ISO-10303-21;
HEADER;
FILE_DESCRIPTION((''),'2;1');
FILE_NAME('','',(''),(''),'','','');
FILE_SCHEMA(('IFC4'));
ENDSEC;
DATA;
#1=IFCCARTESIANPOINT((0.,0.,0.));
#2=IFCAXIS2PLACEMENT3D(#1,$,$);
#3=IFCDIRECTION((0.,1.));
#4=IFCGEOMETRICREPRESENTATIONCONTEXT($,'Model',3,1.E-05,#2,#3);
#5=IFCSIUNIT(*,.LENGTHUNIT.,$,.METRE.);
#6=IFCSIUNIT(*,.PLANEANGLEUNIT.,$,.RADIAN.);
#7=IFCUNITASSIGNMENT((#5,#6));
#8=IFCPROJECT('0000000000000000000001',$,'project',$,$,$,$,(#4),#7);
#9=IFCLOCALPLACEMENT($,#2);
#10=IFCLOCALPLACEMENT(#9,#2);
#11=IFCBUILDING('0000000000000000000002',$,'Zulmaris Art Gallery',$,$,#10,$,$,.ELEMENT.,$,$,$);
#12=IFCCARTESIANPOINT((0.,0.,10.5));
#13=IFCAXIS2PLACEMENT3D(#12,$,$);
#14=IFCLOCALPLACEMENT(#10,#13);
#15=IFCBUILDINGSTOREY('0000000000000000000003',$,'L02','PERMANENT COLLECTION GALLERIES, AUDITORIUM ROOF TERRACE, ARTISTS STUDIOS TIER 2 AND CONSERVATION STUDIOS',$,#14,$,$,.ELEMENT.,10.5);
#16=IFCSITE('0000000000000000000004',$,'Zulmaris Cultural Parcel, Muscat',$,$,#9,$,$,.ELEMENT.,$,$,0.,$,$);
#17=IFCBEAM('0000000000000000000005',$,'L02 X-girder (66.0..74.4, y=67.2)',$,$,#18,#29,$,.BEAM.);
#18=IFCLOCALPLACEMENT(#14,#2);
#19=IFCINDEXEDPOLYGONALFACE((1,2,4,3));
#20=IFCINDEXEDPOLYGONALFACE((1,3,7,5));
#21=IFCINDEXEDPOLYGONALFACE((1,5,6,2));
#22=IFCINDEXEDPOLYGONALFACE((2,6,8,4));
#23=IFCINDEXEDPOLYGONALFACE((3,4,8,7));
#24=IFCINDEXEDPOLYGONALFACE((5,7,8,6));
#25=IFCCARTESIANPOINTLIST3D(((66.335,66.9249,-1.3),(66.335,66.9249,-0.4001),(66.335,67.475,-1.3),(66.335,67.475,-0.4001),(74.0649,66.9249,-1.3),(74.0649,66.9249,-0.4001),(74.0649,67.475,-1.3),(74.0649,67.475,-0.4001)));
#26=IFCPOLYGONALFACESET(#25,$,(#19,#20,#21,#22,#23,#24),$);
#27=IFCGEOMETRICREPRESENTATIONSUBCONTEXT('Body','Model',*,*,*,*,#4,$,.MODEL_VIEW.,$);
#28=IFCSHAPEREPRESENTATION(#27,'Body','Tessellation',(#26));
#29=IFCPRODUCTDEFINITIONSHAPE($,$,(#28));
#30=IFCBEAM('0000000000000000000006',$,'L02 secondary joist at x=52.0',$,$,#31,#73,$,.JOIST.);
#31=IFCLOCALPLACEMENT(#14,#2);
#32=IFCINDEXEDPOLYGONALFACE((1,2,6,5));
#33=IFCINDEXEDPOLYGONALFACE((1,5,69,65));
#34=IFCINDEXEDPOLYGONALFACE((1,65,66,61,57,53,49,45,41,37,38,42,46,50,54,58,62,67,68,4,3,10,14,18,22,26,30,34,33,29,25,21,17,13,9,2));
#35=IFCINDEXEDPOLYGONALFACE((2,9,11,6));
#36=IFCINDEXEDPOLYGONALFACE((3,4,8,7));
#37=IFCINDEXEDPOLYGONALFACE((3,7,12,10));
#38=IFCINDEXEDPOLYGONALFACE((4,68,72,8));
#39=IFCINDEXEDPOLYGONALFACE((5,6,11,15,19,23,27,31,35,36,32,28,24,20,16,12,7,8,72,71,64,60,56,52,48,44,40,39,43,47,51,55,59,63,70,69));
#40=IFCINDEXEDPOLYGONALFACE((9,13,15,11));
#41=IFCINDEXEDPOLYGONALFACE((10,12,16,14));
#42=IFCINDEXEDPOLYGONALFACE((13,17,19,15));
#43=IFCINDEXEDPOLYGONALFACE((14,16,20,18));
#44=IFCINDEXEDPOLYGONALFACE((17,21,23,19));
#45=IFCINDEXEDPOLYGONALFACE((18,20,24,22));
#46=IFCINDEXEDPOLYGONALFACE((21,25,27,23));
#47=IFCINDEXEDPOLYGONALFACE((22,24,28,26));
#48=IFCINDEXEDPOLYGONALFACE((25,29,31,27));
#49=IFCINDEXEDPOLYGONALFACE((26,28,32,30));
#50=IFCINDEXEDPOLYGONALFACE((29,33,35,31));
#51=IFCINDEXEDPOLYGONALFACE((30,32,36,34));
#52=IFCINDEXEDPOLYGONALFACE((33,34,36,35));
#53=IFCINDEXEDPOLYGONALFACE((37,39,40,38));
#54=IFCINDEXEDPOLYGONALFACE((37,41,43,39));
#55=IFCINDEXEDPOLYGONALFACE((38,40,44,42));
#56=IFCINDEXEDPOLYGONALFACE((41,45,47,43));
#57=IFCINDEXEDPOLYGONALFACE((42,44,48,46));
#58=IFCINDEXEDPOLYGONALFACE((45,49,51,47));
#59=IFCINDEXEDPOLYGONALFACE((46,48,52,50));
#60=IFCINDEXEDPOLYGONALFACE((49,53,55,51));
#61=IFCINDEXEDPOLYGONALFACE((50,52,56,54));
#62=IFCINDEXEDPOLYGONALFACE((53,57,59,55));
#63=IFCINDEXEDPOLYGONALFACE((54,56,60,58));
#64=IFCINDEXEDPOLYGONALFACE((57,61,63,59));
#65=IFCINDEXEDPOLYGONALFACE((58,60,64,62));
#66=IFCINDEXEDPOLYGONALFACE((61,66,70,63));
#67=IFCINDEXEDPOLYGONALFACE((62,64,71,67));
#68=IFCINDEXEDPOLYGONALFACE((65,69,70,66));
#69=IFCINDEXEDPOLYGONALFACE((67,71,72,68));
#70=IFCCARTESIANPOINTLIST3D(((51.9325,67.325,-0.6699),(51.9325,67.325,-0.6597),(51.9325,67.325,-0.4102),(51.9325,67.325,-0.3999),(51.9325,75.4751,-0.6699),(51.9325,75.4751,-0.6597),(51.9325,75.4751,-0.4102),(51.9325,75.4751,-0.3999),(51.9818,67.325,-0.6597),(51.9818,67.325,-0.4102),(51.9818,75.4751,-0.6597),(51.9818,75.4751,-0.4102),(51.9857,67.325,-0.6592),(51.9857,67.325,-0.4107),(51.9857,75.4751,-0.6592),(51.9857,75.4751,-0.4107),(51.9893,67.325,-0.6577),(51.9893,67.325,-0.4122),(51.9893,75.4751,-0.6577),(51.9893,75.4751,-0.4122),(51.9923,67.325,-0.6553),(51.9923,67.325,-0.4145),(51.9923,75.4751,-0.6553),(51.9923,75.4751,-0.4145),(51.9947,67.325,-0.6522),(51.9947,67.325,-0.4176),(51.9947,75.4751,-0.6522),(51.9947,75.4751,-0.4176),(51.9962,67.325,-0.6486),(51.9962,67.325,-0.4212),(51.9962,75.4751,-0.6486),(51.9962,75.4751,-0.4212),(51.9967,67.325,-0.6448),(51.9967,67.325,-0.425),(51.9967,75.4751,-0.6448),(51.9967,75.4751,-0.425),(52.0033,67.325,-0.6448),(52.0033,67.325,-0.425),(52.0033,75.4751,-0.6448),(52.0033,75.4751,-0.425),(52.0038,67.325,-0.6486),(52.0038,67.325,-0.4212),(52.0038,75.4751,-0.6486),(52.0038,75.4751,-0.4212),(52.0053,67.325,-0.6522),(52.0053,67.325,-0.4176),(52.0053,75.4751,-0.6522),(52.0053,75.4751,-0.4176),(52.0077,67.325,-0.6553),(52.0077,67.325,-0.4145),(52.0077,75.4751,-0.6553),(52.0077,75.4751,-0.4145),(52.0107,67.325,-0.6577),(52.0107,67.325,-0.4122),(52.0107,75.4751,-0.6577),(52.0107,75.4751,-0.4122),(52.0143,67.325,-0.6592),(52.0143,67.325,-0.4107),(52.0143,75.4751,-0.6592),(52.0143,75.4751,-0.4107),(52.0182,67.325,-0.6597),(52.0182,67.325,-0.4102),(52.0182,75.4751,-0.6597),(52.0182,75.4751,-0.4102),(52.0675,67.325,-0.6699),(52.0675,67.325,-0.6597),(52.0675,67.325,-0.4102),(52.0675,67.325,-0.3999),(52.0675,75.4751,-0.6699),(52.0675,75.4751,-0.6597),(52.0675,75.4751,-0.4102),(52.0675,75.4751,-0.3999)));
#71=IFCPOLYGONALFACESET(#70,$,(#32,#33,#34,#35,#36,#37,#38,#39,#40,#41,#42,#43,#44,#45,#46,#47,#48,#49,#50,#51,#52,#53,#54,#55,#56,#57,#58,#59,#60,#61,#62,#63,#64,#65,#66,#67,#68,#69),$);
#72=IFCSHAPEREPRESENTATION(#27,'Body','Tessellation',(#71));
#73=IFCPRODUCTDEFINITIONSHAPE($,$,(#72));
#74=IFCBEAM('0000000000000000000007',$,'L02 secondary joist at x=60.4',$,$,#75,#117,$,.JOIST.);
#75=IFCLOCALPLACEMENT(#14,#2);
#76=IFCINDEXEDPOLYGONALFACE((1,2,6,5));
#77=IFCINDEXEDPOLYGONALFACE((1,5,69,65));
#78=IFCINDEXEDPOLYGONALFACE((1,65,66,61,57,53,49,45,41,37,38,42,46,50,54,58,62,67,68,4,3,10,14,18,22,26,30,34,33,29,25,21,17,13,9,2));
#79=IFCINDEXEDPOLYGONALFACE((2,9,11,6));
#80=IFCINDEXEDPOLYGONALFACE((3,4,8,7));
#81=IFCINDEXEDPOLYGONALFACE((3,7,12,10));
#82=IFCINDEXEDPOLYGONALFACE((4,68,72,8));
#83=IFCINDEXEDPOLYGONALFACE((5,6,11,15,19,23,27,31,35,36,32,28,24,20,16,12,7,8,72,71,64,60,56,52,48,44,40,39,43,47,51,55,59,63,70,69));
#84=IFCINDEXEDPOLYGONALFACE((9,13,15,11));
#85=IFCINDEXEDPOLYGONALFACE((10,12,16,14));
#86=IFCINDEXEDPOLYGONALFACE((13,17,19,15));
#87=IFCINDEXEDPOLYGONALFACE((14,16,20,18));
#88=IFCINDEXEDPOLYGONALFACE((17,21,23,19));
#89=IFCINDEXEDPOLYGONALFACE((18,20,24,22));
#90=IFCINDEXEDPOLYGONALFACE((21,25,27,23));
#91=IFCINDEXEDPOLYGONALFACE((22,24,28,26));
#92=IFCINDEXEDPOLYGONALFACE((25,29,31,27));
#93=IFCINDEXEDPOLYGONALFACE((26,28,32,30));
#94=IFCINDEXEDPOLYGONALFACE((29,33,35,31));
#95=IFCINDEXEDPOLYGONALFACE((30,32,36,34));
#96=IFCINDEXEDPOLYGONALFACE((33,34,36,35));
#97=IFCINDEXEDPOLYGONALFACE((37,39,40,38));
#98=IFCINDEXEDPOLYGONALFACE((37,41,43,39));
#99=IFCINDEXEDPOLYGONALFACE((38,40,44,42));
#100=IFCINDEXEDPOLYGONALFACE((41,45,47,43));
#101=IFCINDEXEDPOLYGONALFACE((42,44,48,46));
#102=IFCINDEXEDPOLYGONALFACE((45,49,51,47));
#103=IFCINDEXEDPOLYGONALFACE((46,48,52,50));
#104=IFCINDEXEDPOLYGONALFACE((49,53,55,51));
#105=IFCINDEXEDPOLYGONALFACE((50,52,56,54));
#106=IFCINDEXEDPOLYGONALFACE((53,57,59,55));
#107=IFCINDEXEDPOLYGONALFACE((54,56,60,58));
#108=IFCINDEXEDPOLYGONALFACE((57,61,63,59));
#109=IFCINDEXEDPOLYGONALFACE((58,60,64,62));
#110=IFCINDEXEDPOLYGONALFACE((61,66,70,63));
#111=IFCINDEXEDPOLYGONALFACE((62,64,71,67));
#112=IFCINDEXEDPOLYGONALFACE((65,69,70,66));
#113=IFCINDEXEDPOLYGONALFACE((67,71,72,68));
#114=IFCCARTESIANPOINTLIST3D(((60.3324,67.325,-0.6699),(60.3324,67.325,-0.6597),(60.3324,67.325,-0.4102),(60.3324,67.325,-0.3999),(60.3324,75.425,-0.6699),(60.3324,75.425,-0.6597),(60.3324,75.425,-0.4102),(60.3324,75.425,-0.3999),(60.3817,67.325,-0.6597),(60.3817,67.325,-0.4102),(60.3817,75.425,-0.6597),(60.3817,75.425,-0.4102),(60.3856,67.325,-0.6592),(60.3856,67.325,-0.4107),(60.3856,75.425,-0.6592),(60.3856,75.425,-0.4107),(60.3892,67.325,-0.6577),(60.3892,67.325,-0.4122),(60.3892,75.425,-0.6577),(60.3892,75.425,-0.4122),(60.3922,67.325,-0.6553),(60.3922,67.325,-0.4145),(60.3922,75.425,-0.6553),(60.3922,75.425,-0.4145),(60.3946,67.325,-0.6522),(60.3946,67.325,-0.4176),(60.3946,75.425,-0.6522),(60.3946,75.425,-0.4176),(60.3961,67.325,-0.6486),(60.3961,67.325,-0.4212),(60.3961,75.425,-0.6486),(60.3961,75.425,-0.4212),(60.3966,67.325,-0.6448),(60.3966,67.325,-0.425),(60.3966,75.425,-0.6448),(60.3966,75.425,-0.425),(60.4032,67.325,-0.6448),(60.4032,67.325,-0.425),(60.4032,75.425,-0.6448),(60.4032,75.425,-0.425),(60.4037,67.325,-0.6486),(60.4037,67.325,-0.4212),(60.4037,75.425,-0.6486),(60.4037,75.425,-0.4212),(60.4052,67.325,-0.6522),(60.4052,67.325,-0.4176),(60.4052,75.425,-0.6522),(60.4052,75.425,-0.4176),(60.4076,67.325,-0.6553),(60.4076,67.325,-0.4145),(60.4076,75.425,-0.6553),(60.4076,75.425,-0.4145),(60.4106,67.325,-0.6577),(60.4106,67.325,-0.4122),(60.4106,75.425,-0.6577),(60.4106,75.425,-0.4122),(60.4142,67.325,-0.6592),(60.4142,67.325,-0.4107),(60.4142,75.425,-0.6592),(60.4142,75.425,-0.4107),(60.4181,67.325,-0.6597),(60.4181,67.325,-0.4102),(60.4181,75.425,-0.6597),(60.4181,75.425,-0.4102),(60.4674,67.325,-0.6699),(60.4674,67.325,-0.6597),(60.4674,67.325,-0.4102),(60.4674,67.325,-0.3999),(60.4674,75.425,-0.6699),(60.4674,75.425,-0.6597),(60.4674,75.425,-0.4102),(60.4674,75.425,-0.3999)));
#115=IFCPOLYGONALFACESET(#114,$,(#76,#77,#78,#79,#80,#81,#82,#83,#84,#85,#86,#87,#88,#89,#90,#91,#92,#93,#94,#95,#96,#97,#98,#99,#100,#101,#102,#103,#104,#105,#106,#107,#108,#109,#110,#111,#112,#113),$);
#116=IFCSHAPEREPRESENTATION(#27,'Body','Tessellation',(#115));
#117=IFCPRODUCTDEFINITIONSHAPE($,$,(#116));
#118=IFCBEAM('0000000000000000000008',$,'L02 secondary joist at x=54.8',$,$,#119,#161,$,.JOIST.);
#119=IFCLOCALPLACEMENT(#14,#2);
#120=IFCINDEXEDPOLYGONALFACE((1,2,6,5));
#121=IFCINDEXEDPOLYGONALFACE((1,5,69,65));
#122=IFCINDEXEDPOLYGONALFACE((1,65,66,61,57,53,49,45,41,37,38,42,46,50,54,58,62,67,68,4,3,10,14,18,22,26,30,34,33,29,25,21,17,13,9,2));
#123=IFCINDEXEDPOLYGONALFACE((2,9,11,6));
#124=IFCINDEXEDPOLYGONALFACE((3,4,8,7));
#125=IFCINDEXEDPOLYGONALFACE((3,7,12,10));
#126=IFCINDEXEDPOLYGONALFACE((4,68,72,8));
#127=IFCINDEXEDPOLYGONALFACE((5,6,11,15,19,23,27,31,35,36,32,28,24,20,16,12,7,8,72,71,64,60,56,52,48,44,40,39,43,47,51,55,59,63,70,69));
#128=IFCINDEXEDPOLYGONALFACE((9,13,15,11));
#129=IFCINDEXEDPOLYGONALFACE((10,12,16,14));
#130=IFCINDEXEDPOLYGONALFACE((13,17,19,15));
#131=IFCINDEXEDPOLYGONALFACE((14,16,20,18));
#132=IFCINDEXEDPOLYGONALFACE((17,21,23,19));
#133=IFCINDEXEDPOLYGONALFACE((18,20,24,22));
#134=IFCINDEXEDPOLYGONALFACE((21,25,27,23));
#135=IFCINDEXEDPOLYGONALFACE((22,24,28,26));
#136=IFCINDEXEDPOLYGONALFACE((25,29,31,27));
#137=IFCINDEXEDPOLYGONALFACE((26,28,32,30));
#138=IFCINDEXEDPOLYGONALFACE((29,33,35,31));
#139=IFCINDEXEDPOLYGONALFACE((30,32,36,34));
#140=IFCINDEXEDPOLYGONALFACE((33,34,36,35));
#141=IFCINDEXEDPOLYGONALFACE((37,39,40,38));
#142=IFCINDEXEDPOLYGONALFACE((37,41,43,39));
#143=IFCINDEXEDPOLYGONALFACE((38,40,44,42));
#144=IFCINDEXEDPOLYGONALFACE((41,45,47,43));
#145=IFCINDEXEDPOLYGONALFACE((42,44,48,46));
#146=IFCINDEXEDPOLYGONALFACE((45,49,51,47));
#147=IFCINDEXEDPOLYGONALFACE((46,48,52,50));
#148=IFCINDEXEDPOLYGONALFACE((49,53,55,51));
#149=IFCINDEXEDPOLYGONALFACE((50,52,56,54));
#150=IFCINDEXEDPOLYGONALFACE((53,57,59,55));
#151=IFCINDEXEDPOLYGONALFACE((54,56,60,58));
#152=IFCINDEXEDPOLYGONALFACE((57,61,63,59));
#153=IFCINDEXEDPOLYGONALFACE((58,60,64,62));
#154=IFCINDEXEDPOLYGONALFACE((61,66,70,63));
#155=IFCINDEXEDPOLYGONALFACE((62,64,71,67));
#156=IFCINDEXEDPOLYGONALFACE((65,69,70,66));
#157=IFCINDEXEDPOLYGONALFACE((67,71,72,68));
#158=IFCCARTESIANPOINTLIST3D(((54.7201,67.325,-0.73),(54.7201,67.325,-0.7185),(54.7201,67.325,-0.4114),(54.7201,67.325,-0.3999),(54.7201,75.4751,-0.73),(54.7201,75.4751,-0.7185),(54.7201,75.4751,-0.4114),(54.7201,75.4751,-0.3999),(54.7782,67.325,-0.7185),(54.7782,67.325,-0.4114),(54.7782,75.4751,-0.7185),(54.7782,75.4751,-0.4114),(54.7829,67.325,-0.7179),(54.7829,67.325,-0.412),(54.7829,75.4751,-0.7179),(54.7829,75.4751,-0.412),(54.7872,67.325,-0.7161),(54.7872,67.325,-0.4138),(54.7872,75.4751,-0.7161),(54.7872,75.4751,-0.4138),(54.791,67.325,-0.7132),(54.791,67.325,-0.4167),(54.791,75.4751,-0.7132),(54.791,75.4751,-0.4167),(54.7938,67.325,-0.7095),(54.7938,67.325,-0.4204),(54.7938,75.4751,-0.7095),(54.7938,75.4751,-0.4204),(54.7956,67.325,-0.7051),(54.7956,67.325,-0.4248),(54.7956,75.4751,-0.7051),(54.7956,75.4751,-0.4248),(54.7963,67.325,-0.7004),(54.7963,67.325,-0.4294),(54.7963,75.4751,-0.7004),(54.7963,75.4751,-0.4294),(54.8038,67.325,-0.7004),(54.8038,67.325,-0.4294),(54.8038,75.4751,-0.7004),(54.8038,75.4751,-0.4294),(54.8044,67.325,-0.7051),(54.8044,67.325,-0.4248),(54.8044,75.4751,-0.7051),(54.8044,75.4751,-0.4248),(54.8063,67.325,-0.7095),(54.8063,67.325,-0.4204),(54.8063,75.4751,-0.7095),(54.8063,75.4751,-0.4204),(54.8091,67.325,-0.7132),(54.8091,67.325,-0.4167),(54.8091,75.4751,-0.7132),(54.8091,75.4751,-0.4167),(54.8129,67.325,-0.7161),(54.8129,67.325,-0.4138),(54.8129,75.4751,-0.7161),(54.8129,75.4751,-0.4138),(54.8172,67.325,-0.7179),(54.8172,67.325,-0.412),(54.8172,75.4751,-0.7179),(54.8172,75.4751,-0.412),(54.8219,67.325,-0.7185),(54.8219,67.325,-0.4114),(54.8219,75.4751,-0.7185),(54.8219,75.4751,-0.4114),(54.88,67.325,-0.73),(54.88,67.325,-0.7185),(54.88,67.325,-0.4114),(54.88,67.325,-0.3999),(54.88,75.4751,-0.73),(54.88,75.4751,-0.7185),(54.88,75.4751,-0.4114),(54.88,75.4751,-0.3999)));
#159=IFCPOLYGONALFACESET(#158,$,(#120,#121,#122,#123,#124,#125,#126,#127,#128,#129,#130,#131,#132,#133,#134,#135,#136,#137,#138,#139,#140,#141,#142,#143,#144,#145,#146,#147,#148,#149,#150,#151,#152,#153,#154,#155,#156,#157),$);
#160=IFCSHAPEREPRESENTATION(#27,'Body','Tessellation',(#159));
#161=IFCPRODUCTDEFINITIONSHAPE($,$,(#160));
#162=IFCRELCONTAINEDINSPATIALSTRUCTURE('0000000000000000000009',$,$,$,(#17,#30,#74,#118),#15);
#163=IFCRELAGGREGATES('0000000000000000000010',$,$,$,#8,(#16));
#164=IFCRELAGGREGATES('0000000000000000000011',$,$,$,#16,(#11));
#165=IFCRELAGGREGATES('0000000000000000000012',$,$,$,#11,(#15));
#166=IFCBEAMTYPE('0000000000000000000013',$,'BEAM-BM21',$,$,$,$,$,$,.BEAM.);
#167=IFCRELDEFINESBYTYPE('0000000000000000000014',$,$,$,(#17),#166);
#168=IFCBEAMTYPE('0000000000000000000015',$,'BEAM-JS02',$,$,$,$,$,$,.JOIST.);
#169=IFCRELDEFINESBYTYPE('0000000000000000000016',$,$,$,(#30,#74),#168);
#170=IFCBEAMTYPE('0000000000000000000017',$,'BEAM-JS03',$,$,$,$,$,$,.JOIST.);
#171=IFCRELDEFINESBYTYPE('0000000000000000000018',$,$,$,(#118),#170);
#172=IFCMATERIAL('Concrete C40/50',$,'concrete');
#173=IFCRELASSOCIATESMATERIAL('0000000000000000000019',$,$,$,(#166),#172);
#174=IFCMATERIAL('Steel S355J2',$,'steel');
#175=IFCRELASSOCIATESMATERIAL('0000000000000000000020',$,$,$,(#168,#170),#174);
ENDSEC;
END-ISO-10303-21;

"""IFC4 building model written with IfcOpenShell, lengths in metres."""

from ifc_helpers import new_model, si_unit, direction, frame, origin, origin_2d, place, context, subcontext, project, spatial, rectangle, i_section, extrude, material, material_profile, profile_set, type_object, element, save


model = new_model("IFC4")

# Units and contexts
model_context = context("Model", 3, precision=1e-05, world=origin(), true_north=direction((0.0, 1.0)))
body_context = subcontext(model_context, "Body", "Model", "MODEL_VIEW")
ifc_project = project(units=[si_unit("LENGTHUNIT", "METRE"), si_unit("PLANEANGLEUNIT", "RADIAN")], contexts=[model_context])

# Site, building, storey
site_placement = place(None, origin())
site = spatial("IfcSite", under=ifc_project, at=site_placement, Name="Zulmaris Cultural Parcel, Muscat", CompositionType="ELEMENT", RefElevation=0.0)
building_placement = place(site_placement, origin())
building = spatial("IfcBuilding", under=site, at=building_placement, Name="Zulmaris Art Gallery", CompositionType="ELEMENT")
storey_placement = place(building_placement, frame((0.0, 0.0, 10.5)))
storey = spatial("IfcBuildingStorey", under=building, at=storey_placement, Name="L02", Description="PERMANENT COLLECTION GALLERIES, AUDITORIUM ROOF TERRACE, ARTISTS STUDIOS TIER 2 AND CONSERVATION STUDIOS", CompositionType="ELEMENT", Elevation=10.5)

# Beams
ifc_material_1 = material(Name="Steel S355J2", Category="steel")
ifc_material_2 = material(Name="Concrete C40/50", Category="concrete")
ifc_material_profile_1 = material_profile(ifc_material_2, rectangle(XDim=0.55, YDim=0.8999, at=origin_2d()), Name="RC 550x900")
ifc_profile_set_1 = profile_set([ifc_material_profile_1], Name="Concrete C40/50")
beam_type_1 = type_object("IfcBeamType", Name="BEAM-BM21", PredefinedType="BEAM", material=ifc_profile_set_1)
beam_1_placement = place(storey_placement, frame((66.335, 67.2, -0.8501), z_axis=(1.0, 0.0, 0.0), x_axis=(0.0, 1.0, 0.0)))
element("IfcBeam", 1, at=beam_1_placement, inside=storey, type_object=beam_type_1, Name="L02 X-girder (66.0..74.4, y=67.2)", PredefinedType="BEAM", context=body_context, shape_type="SweptSolid", body=[
    extrude(rectangle(XDim=0.55, YDim=0.8999, at=origin_2d()), origin(), (0.0, 0.0, 1.0), 7.73),
])
ifc_material_profile_2 = material_profile(ifc_material_1, i_section(OverallWidth=0.135, OverallDepth=0.27, WebThickness=0.0066, FlangeThickness=0.0103, FilletRadius=0.0149, at=origin_2d()), Name="IPE 270")
ifc_profile_set_2 = profile_set([ifc_material_profile_2], Name="Steel S355J2")
beam_type_2 = type_object("IfcBeamType", Name="BEAM-JS02", PredefinedType="JOIST", material=ifc_profile_set_2)
beam_2_placement = place(storey_placement, frame((52.0, 67.325, -0.5349), z_axis=(0.0, 1.0, 0.0), x_axis=(-1.0, 0.0, 0.0)))
element("IfcBeam", 2, at=beam_2_placement, inside=storey, type_object=beam_type_2, Name="L02 secondary joist at x=52.0", PredefinedType="JOIST", context=body_context, shape_type="SweptSolid", body=[
    extrude(i_section(OverallWidth=0.135, OverallDepth=0.27, WebThickness=0.0066, FlangeThickness=0.0103, FilletRadius=0.0149, at=origin_2d()), origin(), (0.0, 0.0, 1.0), 8.1501),
])
beam_3_placement = place(storey_placement, frame((60.3999, 67.325, -0.5349), z_axis=(0.0, 1.0, 0.0), x_axis=(-1.0, 0.0, 0.0)))
element("IfcBeam", 3, at=beam_3_placement, inside=storey, type_object=beam_type_2, Name="L02 secondary joist at x=60.4", PredefinedType="JOIST", context=body_context, shape_type="SweptSolid", body=[
    extrude(i_section(OverallWidth=0.135, OverallDepth=0.27, WebThickness=0.0066, FlangeThickness=0.0103, FilletRadius=0.0149, at=origin_2d()), origin(), (0.0, 0.0, 1.0), 8.1001),
])
ifc_material_profile_3 = material_profile(ifc_material_1, i_section(OverallWidth=0.1599, OverallDepth=0.3301, WebThickness=0.0076, FlangeThickness=0.0115, FilletRadius=0.0181, at=origin_2d()), Name="IPE 330")
ifc_profile_set_3 = profile_set([ifc_material_profile_3], Name="Steel S355J2")
beam_type_3 = type_object("IfcBeamType", Name="BEAM-JS03", PredefinedType="JOIST", material=ifc_profile_set_3)
beam_4_placement = place(storey_placement, frame((54.8, 67.325, -0.5649), z_axis=(0.0, 1.0, 0.0), x_axis=(-1.0, 0.0, 0.0)))
element("IfcBeam", 4, at=beam_4_placement, inside=storey, type_object=beam_type_3, Name="L02 secondary joist at x=54.8", PredefinedType="JOIST", context=body_context, shape_type="SweptSolid", body=[
    extrude(i_section(OverallWidth=0.1599, OverallDepth=0.3301, WebThickness=0.0076, FlangeThickness=0.0115, FilletRadius=0.0181, at=origin_2d()), origin(), (0.0, 0.0, 1.0), 8.1501),
])

save(model, "model.ifc")
